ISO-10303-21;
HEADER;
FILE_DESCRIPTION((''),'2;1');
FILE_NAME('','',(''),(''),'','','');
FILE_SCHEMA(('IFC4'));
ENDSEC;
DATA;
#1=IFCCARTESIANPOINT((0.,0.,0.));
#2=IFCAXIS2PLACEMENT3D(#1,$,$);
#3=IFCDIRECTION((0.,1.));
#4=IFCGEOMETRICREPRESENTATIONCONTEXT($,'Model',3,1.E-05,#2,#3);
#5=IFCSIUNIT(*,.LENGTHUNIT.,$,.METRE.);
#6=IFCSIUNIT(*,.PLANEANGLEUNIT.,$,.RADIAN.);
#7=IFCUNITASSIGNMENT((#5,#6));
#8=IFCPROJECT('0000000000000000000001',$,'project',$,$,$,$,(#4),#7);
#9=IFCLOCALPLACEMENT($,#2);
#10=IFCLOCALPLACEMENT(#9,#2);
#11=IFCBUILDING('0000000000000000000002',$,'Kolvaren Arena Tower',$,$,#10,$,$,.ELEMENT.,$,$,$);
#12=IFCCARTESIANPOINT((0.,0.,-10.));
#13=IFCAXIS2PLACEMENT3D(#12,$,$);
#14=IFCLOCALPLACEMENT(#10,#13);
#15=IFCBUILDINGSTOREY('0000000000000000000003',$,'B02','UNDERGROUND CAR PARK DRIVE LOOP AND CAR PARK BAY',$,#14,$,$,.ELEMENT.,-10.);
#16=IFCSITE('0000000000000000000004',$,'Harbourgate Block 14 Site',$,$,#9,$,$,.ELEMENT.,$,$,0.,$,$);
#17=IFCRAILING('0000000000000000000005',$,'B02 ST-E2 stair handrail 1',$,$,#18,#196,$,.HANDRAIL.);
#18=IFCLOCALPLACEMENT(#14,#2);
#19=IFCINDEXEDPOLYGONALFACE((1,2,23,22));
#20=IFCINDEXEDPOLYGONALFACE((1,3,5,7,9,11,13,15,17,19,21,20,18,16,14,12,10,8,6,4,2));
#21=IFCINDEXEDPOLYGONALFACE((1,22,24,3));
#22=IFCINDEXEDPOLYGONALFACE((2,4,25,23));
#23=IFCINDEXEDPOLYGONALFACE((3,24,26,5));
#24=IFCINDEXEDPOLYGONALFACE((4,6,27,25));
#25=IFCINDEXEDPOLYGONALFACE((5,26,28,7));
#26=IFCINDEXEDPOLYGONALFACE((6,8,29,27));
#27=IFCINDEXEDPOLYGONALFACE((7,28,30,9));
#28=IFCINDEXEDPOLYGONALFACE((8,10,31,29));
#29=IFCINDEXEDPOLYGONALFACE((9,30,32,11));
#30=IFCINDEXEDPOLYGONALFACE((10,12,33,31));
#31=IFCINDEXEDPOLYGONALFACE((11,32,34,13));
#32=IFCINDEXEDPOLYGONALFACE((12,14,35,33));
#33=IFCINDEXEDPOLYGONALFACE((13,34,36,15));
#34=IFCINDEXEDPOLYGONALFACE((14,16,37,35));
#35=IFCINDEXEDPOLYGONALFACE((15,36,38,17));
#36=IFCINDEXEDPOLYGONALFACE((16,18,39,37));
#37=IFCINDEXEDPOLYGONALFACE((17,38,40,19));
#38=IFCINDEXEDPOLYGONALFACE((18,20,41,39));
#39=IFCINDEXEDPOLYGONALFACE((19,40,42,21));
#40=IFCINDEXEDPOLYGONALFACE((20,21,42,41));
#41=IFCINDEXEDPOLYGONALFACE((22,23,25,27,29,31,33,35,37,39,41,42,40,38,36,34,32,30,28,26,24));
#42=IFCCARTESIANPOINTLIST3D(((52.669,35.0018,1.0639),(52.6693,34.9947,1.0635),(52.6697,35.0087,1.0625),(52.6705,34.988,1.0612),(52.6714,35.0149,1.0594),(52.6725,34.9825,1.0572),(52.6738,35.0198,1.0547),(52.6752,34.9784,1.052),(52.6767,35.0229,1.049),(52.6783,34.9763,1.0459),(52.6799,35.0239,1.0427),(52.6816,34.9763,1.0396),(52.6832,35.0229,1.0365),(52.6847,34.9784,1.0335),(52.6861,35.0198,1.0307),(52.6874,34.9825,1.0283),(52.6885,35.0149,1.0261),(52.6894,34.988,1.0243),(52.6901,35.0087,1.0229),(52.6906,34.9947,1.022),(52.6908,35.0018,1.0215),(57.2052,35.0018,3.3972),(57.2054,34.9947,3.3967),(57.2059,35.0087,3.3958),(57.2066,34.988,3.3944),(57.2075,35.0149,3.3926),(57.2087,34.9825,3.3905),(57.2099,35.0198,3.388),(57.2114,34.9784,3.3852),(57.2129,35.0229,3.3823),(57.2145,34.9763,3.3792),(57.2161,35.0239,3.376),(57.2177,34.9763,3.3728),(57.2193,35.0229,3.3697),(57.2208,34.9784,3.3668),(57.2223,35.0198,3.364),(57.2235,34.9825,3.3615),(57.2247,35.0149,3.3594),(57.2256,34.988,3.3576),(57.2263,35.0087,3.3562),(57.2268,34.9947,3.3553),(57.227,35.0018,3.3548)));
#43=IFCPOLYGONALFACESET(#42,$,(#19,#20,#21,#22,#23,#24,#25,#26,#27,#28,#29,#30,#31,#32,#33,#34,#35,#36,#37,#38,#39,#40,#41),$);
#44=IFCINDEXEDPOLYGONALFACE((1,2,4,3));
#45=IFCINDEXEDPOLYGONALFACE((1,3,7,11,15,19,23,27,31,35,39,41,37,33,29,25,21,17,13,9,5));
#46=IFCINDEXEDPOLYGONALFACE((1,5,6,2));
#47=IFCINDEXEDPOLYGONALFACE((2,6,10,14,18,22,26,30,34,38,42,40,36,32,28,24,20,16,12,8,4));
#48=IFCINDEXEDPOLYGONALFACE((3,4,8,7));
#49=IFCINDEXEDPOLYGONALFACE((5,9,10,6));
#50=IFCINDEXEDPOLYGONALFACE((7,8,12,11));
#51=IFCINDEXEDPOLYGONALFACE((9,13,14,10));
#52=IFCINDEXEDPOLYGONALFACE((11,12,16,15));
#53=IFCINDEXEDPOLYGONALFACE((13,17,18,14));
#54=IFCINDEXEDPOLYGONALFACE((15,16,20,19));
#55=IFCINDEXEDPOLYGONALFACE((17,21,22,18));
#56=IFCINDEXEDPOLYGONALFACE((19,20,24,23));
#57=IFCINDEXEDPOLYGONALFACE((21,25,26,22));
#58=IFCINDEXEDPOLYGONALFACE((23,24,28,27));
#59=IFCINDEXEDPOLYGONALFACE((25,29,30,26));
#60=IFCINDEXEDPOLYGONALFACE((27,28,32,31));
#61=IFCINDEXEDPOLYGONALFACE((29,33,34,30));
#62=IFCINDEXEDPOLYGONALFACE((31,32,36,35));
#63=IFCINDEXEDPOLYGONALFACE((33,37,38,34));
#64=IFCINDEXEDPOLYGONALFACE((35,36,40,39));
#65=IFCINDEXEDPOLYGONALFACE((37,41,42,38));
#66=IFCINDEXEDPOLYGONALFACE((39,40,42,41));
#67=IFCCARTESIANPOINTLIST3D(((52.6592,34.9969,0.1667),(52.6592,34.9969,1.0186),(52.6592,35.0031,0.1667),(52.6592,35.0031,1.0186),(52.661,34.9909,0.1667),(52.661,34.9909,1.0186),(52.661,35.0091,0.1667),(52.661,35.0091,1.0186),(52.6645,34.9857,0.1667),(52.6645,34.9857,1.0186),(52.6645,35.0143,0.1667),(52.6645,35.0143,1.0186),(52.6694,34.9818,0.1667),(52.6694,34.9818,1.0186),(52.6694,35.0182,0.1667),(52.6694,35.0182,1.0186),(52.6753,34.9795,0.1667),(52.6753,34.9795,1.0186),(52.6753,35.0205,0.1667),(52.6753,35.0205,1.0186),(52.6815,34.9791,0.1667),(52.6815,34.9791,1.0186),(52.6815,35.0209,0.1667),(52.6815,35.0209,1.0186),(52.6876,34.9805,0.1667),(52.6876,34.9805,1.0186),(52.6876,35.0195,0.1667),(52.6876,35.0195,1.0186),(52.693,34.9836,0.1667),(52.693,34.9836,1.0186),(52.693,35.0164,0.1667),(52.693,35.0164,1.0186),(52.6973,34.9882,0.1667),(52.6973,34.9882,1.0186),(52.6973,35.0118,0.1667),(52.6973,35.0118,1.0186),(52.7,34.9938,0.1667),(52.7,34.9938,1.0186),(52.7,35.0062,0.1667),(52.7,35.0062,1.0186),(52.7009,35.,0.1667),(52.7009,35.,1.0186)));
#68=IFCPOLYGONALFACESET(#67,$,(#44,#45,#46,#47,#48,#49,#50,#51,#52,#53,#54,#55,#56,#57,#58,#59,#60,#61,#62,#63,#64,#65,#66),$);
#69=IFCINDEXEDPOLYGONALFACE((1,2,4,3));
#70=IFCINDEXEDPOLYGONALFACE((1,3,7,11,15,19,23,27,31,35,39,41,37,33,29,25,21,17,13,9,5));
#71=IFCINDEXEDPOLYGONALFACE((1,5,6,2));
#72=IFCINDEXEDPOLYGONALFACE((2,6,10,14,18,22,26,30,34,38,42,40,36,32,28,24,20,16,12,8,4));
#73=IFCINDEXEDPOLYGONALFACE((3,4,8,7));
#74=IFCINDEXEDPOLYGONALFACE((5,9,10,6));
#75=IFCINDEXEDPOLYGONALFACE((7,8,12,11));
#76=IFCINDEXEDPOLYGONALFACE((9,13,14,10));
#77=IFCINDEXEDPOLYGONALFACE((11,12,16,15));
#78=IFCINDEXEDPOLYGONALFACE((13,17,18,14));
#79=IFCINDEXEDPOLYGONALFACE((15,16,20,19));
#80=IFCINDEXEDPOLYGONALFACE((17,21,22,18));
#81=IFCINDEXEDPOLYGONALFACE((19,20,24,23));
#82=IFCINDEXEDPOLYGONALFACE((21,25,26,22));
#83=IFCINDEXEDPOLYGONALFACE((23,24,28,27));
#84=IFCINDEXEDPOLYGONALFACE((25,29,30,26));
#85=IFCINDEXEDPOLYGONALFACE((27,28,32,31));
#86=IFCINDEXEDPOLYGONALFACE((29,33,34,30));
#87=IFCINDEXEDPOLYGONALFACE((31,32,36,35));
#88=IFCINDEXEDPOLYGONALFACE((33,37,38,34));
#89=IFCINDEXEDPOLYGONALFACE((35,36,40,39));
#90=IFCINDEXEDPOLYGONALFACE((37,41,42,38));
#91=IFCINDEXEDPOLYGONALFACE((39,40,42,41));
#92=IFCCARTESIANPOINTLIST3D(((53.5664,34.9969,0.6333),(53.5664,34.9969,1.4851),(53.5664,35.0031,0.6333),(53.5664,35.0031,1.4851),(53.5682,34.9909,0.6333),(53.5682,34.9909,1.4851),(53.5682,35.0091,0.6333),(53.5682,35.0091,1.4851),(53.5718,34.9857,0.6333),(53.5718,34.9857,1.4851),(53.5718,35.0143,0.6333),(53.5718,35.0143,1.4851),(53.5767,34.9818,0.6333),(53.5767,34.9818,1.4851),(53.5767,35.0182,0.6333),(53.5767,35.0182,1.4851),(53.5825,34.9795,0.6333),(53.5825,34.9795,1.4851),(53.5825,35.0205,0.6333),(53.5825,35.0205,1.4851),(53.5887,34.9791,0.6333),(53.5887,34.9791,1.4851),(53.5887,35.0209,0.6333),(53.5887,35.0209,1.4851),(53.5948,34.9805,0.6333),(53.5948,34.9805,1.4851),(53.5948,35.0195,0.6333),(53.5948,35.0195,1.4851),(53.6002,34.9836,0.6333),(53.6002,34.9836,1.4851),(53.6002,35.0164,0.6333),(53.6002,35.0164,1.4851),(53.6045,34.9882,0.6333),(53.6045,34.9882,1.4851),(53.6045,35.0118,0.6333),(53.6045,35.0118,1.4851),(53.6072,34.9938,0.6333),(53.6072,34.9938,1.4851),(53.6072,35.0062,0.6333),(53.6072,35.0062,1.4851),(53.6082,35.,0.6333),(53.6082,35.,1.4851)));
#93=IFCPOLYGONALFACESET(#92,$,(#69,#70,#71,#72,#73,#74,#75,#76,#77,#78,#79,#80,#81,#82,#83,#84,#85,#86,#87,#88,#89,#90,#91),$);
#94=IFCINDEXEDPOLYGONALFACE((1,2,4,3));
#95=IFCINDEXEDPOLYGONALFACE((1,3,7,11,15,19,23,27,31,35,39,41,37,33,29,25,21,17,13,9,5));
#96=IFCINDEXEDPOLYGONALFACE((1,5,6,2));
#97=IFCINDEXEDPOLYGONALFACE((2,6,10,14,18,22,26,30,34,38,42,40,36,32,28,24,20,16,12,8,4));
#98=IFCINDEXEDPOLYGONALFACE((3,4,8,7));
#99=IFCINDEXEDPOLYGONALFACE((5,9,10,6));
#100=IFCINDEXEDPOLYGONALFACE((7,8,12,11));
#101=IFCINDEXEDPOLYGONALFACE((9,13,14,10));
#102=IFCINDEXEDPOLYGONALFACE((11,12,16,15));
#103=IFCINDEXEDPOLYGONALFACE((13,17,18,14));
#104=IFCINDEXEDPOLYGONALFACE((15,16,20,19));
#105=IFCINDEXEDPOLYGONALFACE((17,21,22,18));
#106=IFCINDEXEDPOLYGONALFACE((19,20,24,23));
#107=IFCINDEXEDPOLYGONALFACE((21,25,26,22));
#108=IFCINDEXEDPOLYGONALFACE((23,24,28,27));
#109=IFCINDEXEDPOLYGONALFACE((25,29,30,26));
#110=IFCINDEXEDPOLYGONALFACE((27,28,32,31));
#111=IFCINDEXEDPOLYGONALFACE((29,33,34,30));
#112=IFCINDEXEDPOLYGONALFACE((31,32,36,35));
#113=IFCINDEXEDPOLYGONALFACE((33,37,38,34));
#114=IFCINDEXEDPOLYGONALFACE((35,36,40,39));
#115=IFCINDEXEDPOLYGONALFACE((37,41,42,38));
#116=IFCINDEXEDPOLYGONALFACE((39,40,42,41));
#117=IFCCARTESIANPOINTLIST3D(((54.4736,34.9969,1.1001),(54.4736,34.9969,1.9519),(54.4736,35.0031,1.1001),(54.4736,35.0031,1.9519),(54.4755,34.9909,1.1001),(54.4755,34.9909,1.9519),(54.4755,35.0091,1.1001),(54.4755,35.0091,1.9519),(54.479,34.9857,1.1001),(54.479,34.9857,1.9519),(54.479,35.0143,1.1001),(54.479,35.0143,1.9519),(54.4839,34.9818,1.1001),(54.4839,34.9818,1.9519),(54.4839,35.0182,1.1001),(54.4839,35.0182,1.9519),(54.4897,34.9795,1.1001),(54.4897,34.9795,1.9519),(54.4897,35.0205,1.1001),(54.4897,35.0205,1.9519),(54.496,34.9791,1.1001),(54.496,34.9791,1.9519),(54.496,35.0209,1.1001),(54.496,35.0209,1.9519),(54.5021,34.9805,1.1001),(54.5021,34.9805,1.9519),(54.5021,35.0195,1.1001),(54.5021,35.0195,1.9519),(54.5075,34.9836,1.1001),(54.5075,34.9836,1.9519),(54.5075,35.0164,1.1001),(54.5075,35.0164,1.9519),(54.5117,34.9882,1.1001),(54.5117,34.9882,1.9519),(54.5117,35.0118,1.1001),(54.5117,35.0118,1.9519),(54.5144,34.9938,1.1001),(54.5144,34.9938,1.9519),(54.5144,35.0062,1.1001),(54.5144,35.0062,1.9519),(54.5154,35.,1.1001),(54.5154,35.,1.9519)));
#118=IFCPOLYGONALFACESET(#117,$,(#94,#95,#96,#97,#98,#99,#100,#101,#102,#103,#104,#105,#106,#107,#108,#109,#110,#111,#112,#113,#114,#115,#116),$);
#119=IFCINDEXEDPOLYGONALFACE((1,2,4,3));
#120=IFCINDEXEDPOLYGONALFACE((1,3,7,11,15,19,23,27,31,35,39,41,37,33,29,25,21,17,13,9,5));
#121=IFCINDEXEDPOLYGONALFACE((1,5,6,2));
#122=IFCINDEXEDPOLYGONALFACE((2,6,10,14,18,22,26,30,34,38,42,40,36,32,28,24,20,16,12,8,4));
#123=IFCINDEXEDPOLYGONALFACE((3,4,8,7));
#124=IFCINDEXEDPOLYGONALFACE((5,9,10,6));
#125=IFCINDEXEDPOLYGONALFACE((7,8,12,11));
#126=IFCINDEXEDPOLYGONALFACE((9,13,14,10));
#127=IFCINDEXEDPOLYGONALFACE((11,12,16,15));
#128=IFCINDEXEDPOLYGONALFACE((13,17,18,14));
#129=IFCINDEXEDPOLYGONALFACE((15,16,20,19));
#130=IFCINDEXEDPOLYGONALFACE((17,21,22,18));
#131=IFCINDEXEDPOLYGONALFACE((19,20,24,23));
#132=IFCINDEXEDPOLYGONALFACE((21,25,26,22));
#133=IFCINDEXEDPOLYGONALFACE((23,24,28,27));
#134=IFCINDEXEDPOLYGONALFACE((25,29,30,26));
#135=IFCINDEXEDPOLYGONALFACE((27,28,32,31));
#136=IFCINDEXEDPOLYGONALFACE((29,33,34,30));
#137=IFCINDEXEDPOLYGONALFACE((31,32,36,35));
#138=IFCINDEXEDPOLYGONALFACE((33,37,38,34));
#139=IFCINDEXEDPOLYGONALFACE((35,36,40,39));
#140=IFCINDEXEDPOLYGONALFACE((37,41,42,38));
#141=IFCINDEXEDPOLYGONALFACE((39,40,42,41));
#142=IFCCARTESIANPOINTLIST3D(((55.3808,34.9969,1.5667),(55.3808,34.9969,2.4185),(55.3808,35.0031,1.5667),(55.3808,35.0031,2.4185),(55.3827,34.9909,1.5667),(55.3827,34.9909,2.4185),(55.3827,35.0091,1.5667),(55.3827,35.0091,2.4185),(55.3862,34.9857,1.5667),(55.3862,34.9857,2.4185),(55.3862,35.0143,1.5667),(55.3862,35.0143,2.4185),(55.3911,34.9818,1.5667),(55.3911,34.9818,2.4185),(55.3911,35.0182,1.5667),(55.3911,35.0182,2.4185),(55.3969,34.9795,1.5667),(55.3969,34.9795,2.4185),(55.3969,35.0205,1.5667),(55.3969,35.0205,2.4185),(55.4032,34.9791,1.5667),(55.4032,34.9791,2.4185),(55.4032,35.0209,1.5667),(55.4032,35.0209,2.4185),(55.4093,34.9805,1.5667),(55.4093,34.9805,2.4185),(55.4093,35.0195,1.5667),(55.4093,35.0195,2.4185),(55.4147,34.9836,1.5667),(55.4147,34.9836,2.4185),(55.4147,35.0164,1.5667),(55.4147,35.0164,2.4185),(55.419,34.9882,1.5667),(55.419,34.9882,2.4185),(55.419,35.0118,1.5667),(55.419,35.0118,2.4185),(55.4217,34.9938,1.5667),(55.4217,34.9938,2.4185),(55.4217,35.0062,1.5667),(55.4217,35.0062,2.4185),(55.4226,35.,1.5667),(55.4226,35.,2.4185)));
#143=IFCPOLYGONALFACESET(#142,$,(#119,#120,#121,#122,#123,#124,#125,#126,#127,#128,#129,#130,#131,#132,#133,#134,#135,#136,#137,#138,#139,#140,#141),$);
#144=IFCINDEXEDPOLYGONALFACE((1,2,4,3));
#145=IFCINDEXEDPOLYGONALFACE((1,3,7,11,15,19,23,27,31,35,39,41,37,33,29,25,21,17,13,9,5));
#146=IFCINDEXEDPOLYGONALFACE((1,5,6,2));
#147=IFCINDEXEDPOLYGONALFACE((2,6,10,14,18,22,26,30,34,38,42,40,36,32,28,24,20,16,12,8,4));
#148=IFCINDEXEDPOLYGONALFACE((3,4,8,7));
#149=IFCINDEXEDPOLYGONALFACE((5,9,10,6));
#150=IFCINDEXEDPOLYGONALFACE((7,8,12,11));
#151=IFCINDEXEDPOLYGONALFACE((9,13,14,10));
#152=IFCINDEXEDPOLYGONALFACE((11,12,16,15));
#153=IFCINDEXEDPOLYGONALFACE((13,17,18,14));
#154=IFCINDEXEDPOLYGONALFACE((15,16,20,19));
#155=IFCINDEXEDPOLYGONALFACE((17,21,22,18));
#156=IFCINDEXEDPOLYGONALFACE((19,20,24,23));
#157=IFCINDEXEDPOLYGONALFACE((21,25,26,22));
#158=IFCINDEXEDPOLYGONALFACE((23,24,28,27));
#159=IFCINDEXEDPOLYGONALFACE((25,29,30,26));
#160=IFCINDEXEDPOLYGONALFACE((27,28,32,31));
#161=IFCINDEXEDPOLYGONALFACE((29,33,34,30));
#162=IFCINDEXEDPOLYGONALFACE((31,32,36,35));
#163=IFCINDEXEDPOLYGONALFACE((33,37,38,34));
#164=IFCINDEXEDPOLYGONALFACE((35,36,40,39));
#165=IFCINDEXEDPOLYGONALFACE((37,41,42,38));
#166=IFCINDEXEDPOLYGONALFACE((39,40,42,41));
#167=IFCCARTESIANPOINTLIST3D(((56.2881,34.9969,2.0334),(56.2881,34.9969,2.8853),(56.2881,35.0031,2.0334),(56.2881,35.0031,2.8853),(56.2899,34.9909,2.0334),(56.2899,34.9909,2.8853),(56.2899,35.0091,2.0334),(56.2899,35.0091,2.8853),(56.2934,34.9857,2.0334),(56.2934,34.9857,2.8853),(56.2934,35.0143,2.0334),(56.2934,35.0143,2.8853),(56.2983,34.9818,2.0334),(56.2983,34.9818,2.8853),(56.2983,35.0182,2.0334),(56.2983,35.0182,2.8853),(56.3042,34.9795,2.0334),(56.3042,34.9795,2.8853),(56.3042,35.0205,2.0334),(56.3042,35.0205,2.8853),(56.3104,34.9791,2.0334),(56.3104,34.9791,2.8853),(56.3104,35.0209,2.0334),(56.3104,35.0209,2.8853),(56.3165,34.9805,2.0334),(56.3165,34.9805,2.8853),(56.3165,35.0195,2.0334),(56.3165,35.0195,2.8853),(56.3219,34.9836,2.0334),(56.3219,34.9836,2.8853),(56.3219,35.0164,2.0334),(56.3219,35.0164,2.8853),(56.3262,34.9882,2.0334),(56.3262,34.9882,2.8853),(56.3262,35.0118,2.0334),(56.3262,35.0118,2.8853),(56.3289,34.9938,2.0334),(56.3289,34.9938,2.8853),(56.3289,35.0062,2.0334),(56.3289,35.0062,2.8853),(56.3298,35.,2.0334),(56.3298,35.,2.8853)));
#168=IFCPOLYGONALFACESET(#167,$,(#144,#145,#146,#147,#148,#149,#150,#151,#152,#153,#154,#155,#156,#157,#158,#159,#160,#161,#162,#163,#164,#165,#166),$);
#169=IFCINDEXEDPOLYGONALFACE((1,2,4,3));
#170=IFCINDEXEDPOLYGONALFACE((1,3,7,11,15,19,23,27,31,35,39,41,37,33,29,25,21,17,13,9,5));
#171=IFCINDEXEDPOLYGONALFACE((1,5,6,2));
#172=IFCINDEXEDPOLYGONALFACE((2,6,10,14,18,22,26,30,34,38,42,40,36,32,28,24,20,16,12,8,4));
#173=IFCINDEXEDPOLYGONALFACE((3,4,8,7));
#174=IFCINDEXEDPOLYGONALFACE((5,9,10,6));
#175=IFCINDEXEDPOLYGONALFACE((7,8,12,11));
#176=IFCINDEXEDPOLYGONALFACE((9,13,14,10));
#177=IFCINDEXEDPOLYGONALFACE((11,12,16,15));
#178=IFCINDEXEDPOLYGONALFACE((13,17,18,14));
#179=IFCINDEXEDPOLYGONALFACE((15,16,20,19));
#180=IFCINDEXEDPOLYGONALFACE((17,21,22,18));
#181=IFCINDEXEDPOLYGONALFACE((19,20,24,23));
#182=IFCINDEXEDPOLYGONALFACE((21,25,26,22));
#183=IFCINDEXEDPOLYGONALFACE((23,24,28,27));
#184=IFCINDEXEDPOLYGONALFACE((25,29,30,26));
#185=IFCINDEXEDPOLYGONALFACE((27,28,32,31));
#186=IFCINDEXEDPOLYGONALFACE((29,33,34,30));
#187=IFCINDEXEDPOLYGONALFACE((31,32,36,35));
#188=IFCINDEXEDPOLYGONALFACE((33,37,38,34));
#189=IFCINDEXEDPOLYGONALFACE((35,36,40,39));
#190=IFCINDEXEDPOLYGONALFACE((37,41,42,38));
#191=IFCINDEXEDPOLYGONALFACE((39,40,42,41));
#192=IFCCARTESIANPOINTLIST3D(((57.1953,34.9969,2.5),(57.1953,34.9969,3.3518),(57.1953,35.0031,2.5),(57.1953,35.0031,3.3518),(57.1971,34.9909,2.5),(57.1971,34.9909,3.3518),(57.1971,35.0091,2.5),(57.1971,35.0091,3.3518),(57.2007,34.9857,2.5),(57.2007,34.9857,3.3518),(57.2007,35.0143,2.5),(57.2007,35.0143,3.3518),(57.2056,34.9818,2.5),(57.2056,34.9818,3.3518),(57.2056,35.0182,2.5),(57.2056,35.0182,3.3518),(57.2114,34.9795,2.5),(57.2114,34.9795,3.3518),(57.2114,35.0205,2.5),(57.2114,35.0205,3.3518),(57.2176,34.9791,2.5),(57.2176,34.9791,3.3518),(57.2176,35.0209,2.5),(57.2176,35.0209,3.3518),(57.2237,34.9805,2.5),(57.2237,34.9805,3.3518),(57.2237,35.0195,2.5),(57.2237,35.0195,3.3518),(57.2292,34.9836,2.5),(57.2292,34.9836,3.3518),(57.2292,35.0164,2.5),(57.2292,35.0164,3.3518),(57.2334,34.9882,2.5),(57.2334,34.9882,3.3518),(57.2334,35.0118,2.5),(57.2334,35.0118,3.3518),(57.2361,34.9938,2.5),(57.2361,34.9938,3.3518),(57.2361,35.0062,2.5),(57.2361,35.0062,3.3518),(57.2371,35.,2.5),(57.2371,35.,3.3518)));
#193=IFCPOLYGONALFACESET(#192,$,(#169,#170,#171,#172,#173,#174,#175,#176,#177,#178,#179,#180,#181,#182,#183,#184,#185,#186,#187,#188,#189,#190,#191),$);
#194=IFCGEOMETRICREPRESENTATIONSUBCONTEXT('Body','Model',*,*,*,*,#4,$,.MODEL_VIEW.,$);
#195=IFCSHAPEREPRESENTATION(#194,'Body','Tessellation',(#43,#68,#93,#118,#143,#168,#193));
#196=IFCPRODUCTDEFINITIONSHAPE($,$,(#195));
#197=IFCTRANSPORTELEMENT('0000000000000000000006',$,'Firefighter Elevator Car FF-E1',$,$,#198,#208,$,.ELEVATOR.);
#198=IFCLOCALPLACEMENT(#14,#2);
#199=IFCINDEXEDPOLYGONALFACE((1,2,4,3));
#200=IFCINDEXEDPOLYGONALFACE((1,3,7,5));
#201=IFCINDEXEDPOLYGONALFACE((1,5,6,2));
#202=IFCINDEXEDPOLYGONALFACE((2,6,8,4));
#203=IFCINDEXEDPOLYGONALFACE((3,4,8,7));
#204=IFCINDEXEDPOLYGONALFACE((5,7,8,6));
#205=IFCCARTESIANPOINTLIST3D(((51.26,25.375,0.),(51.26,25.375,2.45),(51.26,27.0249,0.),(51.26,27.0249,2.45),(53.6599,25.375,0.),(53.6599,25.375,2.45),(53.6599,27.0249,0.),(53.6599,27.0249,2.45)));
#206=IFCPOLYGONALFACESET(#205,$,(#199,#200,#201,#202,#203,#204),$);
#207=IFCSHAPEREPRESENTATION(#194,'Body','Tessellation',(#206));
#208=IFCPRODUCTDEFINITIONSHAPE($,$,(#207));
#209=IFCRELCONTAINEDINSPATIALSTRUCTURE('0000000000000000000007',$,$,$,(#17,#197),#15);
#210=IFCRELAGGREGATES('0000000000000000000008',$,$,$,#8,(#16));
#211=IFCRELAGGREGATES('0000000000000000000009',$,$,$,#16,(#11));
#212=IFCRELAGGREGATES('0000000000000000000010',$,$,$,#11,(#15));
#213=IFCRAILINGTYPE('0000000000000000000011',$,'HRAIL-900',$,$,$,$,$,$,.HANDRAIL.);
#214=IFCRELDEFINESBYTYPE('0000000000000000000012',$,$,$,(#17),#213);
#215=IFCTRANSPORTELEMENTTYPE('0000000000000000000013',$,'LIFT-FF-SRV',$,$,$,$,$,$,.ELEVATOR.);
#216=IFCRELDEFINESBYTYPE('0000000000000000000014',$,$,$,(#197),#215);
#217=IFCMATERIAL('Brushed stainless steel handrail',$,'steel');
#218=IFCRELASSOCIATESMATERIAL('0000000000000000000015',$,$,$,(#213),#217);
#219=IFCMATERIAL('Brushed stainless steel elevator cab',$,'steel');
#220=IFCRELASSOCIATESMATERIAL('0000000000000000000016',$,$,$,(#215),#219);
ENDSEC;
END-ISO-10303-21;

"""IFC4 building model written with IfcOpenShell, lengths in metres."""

from ifc_helpers import new_model, si_unit, direction, frame, origin, origin_2d, place, context, subcontext, project, spatial, rectangle, circle, extrude, material, type_object, element, save


model = new_model("IFC4")

# Units and contexts
model_context = context("Model", 3, precision=1e-05, world=origin(), true_north=direction((0.0, 1.0)))
body_context = subcontext(model_context, "Body", "Model", "MODEL_VIEW")
ifc_project = project(units=[si_unit("LENGTHUNIT", "METRE"), si_unit("PLANEANGLEUNIT", "RADIAN")], contexts=[model_context])

# Site, building, storey
site_placement = place(None, origin())
site = spatial("IfcSite", under=ifc_project, at=site_placement, Name="Harbourgate Block 14 Site", CompositionType="ELEMENT", RefElevation=0.0)
building_placement = place(site_placement, origin())
building = spatial("IfcBuilding", under=site, at=building_placement, Name="Kolvaren Arena Tower", CompositionType="ELEMENT")
storey_placement = place(building_placement, frame((0.0, 0.0, -10.0)))
storey = spatial("IfcBuildingStorey", under=building, at=storey_placement, Name="B02", Description="UNDERGROUND CAR PARK DRIVE LOOP AND CAR PARK BAY", CompositionType="ELEMENT", Elevation=-10.0)

# Railing
ifc_material_1 = material(Name="Brushed stainless steel handrail", Category="steel")
railing_type_1 = type_object("IfcRailingType", Name="HRAIL-900", PredefinedType="HANDRAIL", material=ifc_material_1)
for number, where, name in (
    (1, (52.6799, 35.0, 0.1667), "B02 ST-E2 stair handrail 1"),
):
    element("IfcRailing", number, at=place(storey_placement, frame(where)), inside=storey, type_object=railing_type_1, Name=name, PredefinedType="HANDRAIL", context=body_context, shape_type="SweptSolid", body=[
        extrude(circle(Radius=0.0239, at=origin_2d()), frame((0.0, 0.0, 0.876), z_axis=(0.889257, 0.0, 0.457407), x_axis=(0.0, 1.0, 0.0)), (0.0, 0.0, 1.0), 5.1011),
        extrude(circle(Radius=0.021, at=origin_2d()), origin(), (0.0, 0.0, 1.0), 0.8518),
        extrude(circle(Radius=0.021, at=origin_2d()), frame((0.9072, 0.0, 0.4666)), (0.0, 0.0, 1.0), 0.8518),
        extrude(circle(Radius=0.021, at=origin_2d()), frame((1.8145, 0.0, 0.9333)), (0.0, 0.0, 1.0), 0.8518),
        extrude(circle(Radius=0.021, at=origin_2d()), frame((2.7217, 0.0, 1.3999)), (0.0, 0.0, 1.0), 0.8518),
        extrude(circle(Radius=0.021, at=origin_2d()), frame((3.6289, 0.0, 1.8667)), (0.0, 0.0, 1.0), 0.8518),
        extrude(circle(Radius=0.021, at=origin_2d()), frame((4.5361, 0.0, 2.3333)), (0.0, 0.0, 1.0), 0.8518),
    ])

# Transport element
ifc_material_2 = material(Name="Brushed stainless steel elevator cab", Category="steel")
transport_element_type = type_object("IfcTransportElementType", Name="LIFT-FF-SRV", PredefinedType="ELEVATOR", material=ifc_material_2)
transport_element_placement = place(storey_placement, frame((52.46, 26.2, 0.0), z_axis=(0.0, 0.0, 1.0), x_axis=(1.0, 0.0, 0.0)))
element("IfcTransportElement", 2, at=transport_element_placement, inside=storey, type_object=transport_element_type, Name="Firefighter Elevator Car FF-E1", PredefinedType="ELEVATOR", context=body_context, shape_type="SweptSolid", body=[
    extrude(rectangle(XDim=2.3999, YDim=1.6499, at=origin_2d()), origin(), (0.0, 0.0, 1.0), 2.45),
])

save(model, "model.ifc")
